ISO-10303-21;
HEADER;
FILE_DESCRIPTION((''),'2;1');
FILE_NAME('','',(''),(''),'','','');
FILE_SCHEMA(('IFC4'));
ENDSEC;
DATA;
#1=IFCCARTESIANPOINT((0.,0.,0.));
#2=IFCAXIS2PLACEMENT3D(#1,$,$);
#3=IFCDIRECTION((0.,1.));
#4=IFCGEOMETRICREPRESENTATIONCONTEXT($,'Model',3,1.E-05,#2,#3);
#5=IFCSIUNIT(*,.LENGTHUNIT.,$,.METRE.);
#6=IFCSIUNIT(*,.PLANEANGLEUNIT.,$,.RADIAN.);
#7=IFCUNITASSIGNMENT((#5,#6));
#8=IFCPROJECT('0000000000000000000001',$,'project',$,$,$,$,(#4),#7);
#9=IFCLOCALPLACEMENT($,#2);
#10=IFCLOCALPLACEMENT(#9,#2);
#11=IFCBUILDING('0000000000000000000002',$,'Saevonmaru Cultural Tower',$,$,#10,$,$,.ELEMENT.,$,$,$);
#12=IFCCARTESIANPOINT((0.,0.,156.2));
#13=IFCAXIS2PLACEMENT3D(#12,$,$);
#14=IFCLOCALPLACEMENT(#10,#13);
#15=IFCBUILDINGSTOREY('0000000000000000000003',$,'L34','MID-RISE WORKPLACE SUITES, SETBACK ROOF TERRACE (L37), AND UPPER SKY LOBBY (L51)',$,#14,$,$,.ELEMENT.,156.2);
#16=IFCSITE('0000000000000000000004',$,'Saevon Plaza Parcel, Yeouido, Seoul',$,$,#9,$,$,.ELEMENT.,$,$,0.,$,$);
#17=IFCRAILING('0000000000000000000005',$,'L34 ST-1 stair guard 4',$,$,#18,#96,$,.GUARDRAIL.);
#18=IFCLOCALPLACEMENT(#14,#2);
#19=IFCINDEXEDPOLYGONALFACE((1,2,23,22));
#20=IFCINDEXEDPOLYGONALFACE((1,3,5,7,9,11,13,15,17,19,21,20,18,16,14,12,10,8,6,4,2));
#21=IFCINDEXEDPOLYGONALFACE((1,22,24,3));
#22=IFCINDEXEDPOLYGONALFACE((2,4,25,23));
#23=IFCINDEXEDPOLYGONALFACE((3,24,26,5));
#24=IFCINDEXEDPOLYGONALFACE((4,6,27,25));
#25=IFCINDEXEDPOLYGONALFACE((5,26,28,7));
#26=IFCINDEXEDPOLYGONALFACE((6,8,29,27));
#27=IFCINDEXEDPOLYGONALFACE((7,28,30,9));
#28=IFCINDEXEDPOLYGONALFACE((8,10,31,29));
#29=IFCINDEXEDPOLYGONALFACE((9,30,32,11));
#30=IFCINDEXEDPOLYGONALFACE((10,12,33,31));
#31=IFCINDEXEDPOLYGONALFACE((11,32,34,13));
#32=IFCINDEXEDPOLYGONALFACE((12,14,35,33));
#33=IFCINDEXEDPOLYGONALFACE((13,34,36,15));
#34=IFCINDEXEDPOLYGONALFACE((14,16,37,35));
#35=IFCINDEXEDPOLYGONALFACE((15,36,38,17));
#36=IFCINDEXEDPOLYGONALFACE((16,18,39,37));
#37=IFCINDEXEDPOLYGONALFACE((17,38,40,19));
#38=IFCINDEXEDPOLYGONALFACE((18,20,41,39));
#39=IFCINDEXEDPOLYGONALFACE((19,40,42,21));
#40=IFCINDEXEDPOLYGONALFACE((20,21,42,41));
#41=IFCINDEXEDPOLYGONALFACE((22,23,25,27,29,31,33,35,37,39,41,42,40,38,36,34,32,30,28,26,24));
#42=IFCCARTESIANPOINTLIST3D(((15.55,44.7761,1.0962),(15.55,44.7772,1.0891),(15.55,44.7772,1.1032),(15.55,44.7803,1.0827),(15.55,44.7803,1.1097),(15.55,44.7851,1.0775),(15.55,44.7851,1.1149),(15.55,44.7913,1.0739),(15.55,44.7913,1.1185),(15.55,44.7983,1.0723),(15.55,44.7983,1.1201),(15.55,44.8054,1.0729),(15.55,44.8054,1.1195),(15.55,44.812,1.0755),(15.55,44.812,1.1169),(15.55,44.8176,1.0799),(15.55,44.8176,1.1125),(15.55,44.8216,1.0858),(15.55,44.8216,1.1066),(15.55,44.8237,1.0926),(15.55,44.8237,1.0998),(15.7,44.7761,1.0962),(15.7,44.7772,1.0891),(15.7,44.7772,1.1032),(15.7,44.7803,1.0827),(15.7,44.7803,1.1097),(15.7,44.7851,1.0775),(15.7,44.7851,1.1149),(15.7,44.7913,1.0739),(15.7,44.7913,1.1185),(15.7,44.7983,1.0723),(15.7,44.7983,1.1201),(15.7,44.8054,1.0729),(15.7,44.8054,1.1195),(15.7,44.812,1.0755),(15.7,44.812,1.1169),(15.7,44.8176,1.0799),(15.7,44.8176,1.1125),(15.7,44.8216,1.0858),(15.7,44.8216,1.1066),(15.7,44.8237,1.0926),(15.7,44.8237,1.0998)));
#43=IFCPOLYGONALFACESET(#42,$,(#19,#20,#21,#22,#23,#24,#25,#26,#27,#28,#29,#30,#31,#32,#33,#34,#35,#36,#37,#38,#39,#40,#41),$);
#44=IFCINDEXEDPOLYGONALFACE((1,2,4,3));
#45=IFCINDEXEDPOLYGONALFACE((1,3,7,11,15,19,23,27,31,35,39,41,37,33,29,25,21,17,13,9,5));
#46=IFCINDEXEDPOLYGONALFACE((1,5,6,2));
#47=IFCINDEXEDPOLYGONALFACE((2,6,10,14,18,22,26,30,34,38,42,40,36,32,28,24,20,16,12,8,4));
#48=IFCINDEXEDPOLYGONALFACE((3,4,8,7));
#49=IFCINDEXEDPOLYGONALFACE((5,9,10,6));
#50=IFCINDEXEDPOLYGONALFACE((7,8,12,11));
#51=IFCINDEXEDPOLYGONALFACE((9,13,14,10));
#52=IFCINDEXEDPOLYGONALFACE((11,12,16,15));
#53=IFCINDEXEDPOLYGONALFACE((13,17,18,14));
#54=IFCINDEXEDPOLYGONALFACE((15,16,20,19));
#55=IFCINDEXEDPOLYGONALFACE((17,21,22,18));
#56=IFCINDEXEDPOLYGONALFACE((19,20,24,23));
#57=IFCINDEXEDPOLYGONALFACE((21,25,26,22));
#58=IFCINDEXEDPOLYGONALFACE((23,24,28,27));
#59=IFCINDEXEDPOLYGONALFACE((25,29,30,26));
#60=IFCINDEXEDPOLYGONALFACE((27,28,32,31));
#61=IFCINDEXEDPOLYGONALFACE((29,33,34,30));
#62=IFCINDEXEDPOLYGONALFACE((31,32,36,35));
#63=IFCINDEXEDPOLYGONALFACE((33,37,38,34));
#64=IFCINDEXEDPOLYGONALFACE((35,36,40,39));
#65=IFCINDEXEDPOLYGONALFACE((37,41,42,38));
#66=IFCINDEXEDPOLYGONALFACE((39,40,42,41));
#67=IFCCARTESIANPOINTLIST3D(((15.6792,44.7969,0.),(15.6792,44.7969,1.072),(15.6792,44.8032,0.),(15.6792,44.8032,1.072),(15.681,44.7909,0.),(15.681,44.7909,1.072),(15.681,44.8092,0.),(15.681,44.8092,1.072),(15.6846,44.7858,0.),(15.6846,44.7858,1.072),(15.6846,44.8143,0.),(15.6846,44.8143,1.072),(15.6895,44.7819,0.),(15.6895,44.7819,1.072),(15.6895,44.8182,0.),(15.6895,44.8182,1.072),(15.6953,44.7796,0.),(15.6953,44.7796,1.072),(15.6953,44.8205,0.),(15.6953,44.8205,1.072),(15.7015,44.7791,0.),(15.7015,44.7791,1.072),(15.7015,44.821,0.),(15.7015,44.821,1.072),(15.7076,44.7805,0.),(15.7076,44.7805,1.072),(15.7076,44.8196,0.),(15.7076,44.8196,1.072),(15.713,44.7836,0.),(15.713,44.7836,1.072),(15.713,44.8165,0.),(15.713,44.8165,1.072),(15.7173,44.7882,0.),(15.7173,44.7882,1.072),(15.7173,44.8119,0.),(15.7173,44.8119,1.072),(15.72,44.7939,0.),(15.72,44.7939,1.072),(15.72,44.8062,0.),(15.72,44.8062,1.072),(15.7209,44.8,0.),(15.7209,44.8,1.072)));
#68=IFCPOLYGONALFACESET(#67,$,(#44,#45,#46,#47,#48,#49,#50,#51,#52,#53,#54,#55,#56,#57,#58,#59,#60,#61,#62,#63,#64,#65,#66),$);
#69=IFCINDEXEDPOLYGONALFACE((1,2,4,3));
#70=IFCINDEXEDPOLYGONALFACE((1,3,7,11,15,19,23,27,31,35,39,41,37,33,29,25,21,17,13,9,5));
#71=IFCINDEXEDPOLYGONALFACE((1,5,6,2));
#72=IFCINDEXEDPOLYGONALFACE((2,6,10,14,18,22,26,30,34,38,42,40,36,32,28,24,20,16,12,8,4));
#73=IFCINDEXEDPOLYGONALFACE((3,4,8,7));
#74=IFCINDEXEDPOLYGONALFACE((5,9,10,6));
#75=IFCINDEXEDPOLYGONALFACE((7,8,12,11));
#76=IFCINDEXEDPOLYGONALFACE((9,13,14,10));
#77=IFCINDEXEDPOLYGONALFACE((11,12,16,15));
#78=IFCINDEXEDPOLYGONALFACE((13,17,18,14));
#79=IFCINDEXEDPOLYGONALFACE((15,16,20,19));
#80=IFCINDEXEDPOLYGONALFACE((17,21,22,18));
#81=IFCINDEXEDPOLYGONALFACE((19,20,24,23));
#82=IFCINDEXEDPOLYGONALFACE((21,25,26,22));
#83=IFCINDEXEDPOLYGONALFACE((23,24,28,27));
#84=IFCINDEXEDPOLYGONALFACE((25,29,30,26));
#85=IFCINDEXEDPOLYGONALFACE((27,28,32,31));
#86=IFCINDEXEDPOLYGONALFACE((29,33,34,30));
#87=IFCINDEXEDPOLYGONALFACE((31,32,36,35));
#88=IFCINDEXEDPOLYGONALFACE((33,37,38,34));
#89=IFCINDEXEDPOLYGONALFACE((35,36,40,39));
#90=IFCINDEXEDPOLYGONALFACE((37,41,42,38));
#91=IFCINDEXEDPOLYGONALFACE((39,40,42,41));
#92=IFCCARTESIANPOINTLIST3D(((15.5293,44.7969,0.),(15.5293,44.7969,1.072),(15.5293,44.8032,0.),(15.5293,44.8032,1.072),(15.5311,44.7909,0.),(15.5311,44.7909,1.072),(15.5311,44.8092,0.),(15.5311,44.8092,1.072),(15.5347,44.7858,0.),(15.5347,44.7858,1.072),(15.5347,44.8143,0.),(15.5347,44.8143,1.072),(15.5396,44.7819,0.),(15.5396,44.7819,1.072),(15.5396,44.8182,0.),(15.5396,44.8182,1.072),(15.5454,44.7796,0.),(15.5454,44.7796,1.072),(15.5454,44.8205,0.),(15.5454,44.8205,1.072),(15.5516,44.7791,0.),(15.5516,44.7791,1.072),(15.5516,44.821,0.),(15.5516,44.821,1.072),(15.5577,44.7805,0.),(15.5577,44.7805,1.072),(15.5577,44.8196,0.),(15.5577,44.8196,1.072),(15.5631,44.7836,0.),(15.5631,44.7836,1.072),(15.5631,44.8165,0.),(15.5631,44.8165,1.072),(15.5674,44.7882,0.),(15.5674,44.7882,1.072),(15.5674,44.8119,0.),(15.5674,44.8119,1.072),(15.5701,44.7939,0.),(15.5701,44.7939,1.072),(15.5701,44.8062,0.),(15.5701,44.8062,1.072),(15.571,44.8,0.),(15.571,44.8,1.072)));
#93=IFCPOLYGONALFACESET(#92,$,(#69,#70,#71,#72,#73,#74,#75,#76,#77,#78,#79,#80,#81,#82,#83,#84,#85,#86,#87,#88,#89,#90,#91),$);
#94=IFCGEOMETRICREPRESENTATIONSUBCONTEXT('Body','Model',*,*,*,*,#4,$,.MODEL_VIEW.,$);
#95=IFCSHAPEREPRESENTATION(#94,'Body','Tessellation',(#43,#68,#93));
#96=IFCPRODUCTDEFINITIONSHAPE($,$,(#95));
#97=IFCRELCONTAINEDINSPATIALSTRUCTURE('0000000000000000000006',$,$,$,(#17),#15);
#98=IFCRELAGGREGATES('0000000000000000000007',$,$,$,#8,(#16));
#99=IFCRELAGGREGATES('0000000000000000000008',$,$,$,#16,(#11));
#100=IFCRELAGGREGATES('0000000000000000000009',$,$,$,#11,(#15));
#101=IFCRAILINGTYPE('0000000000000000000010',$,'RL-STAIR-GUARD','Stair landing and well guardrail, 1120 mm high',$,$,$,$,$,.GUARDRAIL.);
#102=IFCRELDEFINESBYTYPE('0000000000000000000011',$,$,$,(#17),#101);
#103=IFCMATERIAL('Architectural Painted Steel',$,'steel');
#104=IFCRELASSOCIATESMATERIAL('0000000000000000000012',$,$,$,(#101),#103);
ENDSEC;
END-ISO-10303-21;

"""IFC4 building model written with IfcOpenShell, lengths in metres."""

from ifc_helpers import new_model, si_unit, direction, frame, origin, origin_2d, place, context, subcontext, project, spatial, circle, extrude, material, type_object, element, save


model = new_model("IFC4")

# Units and contexts
model_context = context("Model", 3, precision=1e-05, world=origin(), true_north=direction((0.0, 1.0)))
body_context = subcontext(model_context, "Body", "Model", "MODEL_VIEW")
ifc_project = project(units=[si_unit("LENGTHUNIT", "METRE"), si_unit("PLANEANGLEUNIT", "RADIAN")], contexts=[model_context])

# Site, building, storey
site_placement = place(None, origin())
site = spatial("IfcSite", under=ifc_project, at=site_placement, Name="Saevon Plaza Parcel, Yeouido, Seoul", CompositionType="ELEMENT", RefElevation=0.0)
building_placement = place(site_placement, origin())
building = spatial("IfcBuilding", under=site, at=building_placement, Name="Saevonmaru Cultural Tower", CompositionType="ELEMENT")
storey_placement = place(building_placement, frame((0.0, 0.0, 156.2)))
storey = spatial("IfcBuildingStorey", under=building, at=storey_placement, Name="L34", Description="MID-RISE WORKPLACE SUITES, SETBACK ROOF TERRACE (L37), AND UPPER SKY LOBBY (L51)", CompositionType="ELEMENT", Elevation=156.2)

# Railing
ifc_material_1 = material(Name="Architectural Painted Steel", Category="steel")
railing_type_1 = type_object("IfcRailingType", Name="RL-STAIR-GUARD", Description="Stair landing and well guardrail, 1120 mm high", PredefinedType="GUARDRAIL", material=ifc_material_1)
railing_1_placement = place(storey_placement, frame((15.7, 44.8, 0.0)))
element("IfcRailing", 1, at=railing_1_placement, inside=storey, type_object=railing_type_1, Name="L34 ST-1 stair guard 4", PredefinedType="GUARDRAIL", context=body_context, shape_type="SweptSolid", body=[
    extrude(circle(Radius=0.0239, at=origin_2d()), frame((0.0, 0.0, 1.0962), z_axis=(-1.0, 0.0, 0.0), x_axis=(0.0, -1.0, 0.0)), (0.0, 0.0, 1.0), 0.1499),
    extrude(circle(Radius=0.021, at=origin_2d()), origin(), (0.0, 0.0, 1.0), 1.072),
    extrude(circle(Radius=0.021, at=origin_2d()), frame((-0.1499, 0.0, 0.0)), (0.0, 0.0, 1.0), 1.072),
])

save(model, "model.ifc")
